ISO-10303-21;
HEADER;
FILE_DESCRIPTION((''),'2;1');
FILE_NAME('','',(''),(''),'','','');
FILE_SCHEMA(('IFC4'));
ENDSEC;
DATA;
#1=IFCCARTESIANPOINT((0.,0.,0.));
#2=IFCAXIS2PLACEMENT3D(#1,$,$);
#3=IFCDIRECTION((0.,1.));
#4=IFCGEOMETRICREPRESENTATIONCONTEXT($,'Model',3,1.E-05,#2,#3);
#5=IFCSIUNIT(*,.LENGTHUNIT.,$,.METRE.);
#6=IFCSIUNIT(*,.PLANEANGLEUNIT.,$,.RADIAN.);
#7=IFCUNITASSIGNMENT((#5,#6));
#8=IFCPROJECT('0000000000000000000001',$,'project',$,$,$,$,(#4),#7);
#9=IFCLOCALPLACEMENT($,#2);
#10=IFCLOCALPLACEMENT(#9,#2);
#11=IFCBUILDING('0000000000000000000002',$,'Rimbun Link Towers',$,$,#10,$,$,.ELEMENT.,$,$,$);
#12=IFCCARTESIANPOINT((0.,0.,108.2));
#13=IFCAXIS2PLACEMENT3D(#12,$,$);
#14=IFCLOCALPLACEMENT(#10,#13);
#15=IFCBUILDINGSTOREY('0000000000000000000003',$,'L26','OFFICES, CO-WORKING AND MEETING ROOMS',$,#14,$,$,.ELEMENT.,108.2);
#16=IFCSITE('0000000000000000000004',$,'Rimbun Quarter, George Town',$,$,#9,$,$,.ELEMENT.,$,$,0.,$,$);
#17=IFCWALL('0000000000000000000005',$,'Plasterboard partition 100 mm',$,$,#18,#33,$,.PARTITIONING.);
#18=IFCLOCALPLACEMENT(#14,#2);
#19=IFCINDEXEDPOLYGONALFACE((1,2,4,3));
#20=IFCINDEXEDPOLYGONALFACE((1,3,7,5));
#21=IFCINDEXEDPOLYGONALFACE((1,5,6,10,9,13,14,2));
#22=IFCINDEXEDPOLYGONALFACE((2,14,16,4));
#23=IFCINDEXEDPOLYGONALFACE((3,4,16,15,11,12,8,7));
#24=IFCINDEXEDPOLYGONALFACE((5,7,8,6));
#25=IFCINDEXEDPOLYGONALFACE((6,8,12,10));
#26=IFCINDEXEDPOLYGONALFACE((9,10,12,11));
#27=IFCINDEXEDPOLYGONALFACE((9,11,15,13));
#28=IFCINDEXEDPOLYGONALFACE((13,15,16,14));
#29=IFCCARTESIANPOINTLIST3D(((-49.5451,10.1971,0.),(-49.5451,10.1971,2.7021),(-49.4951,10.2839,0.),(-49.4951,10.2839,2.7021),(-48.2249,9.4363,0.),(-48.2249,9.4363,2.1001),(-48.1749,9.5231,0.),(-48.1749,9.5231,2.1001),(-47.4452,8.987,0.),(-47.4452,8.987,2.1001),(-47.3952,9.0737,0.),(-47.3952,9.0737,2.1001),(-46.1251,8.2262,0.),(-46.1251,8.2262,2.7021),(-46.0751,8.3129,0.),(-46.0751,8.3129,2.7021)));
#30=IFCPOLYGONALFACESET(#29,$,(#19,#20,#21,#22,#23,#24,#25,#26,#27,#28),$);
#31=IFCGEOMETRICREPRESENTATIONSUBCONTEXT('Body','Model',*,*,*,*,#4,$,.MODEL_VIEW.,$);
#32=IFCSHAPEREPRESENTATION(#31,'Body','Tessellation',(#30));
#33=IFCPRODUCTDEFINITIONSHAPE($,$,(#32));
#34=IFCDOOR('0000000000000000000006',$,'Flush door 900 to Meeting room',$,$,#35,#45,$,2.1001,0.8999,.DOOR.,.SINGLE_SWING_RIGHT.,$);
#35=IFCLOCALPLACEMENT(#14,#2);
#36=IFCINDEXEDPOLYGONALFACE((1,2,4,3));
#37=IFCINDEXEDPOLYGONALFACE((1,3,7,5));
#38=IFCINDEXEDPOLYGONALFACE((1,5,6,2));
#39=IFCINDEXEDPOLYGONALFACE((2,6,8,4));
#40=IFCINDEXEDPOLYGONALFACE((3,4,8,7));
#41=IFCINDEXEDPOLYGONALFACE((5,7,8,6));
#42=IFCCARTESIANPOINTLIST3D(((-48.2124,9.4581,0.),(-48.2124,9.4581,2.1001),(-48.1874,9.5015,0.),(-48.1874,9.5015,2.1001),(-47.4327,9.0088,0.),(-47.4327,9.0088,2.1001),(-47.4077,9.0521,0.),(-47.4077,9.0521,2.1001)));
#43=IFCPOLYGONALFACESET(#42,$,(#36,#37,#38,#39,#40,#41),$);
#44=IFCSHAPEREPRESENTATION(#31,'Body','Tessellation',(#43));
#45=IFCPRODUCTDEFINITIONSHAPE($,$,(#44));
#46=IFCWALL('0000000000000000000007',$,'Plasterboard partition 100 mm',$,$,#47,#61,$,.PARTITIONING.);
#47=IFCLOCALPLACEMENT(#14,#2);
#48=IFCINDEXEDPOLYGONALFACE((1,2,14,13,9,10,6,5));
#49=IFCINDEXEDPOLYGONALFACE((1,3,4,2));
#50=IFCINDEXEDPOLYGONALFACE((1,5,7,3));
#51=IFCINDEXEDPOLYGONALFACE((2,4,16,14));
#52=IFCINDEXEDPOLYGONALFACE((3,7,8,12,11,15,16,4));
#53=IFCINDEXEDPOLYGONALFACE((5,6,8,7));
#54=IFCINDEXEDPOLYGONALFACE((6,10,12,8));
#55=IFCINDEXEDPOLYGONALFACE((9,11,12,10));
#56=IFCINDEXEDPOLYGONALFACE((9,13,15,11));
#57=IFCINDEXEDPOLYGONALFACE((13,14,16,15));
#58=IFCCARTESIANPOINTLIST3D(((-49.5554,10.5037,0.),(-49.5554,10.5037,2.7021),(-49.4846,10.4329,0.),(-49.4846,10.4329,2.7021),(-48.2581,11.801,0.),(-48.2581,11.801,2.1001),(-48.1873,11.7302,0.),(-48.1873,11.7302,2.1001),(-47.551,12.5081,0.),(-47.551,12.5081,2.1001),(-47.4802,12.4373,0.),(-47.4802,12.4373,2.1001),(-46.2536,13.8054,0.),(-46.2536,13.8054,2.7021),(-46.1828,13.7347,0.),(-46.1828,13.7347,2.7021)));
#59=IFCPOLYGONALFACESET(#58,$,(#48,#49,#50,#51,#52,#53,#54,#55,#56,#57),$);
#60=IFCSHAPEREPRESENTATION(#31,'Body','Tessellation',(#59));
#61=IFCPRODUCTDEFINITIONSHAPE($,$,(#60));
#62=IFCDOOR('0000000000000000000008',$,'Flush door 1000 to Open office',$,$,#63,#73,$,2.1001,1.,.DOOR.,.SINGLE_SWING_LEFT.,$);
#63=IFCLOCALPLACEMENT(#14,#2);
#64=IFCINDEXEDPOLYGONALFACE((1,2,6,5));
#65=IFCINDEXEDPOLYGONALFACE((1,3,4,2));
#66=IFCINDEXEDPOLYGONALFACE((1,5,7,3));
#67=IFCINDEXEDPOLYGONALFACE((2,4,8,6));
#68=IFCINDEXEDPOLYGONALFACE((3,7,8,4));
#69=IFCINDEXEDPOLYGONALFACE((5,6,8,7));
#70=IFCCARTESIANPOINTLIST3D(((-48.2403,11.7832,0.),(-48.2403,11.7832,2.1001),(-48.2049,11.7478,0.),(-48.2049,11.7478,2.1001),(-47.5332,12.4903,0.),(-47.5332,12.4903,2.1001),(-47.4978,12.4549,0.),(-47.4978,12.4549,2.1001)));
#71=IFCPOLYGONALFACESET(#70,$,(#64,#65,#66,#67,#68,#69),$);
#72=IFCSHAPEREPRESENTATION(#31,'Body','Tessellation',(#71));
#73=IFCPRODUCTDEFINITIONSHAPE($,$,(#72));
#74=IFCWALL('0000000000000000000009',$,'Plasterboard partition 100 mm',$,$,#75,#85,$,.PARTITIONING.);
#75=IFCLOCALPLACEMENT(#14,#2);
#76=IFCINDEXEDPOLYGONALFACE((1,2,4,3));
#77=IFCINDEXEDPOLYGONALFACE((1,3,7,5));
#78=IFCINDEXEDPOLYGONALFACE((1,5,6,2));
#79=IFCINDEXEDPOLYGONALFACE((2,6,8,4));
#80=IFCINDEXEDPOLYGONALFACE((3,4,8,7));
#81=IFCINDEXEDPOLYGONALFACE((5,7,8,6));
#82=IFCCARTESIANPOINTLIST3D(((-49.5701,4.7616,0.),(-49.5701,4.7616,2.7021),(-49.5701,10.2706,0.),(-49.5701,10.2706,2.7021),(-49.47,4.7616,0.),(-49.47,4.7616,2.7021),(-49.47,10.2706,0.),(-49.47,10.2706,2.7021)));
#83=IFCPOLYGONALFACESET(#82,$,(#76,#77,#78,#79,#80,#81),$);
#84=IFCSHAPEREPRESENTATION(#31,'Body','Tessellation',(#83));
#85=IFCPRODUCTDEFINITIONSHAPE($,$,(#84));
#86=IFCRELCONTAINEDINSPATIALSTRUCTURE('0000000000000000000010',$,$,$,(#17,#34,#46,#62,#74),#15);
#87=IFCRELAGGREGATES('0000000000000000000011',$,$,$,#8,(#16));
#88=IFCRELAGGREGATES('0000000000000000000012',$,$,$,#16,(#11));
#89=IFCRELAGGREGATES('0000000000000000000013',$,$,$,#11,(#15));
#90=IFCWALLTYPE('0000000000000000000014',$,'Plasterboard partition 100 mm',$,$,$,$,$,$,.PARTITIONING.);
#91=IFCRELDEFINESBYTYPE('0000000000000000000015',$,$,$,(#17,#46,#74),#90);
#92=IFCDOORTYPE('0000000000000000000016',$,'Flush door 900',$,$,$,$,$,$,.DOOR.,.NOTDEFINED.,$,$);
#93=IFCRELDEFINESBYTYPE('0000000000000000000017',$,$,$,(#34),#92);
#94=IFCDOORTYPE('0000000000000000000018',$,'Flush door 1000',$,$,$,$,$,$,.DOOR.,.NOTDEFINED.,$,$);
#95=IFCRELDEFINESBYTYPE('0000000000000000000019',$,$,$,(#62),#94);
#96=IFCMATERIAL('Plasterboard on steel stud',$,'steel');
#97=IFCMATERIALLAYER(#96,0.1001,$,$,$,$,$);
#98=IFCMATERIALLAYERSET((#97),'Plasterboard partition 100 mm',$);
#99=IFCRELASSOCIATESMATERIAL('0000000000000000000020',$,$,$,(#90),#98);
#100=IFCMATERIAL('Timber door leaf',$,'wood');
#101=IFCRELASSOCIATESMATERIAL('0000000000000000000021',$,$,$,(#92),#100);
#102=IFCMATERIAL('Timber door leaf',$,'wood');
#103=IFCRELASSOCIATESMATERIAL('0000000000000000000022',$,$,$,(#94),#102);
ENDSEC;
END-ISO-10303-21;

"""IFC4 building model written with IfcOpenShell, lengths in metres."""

from ifc_helpers import new_model, si_unit, direction, frame, frame_2d, origin, place, context, subcontext, project, spatial, rectangle, extrude, material, layer, layer_set, type_object, element, fill, save


model = new_model("IFC4")

# Units and contexts
model_context = context("Model", 3, precision=1e-05, world=origin(), true_north=direction((0.0, 1.0)))
body_context = subcontext(model_context, "Body", "Model", "MODEL_VIEW")
ifc_project = project(units=[si_unit("LENGTHUNIT", "METRE"), si_unit("PLANEANGLEUNIT", "RADIAN")], contexts=[model_context])

# Site, building, storey
site_placement = place(None, origin())
site = spatial("IfcSite", under=ifc_project, at=site_placement, Name="Rimbun Quarter, George Town", CompositionType="ELEMENT", RefElevation=0.0)
building_placement = place(site_placement, origin())
building = spatial("IfcBuilding", under=site, at=building_placement, Name="Rimbun Link Towers", CompositionType="ELEMENT")
storey_placement = place(building_placement, frame((0.0, 0.0, 108.2)))
storey = spatial("IfcBuildingStorey", under=building, at=storey_placement, Name="L26", Description="OFFICES, CO-WORKING AND MEETING ROOMS", CompositionType="ELEMENT", Elevation=108.2)

# Walls, openings, doors
ifc_material_1 = material(Name="Plasterboard on steel stud", Category="steel")
ifc_layer_1 = layer(ifc_material_1, 0.1001)
ifc_layer_set_1 = layer_set([ifc_layer_1], Name="Plasterboard partition 100 mm")
wall_type_1 = type_object("IfcWallType", Name="Plasterboard partition 100 mm", PredefinedType="PARTITIONING", material=ifc_layer_set_1)
wall_1_placement = place(storey_placement, frame((-46.1001, 8.2695, 0.0), z_axis=(0.0, 0.0, 1.0), x_axis=(-0.866414, 0.499326, 0.0)))
wall_1 = element("IfcWall", 1, at=wall_1_placement, inside=storey, type_object=wall_type_1, Name="Plasterboard partition 100 mm", PredefinedType="PARTITIONING", context=body_context, shape_type="SweptSolid", body=[
    extrude(rectangle(XDim=3.9473, YDim=0.1001, at=frame_2d((1.9736, 0.0))), origin(), (0.0, 0.0, 1.0), 2.7021),
])
opening_1_placement = place(wall_1_placement, frame((1.5237, 0.0, 0.0)))
opening_1 = element("IfcOpeningElement", 2, at=opening_1_placement, cuts=wall_1, PredefinedType="OPENING", context=body_context, shape_type="SweptSolid", body=[
    extrude(rectangle(XDim=0.8999, YDim=2.1001, at=frame_2d((0.45, 1.05))), frame((0.0, 0.0601, 0.0), z_axis=(0.0, -1.0, 0.0), x_axis=(1.0, 0.0, 0.0)), (0.0, 0.0, 1.0), 0.1201),
])
ifc_material_2 = material(Name="Timber door leaf", Category="wood")
door_type_1 = type_object("IfcDoorType", Name="Flush door 900", OperationType="NOTDEFINED", PredefinedType="DOOR", material=ifc_material_2)
door_1_placement = place(opening_1_placement, origin())
door_1 = element("IfcDoor", 3, at=door_1_placement, inside=storey, type_object=door_type_1, Name="Flush door 900 to Meeting room", OperationType="SINGLE_SWING_RIGHT", OverallHeight=2.1001, OverallWidth=0.8999, PredefinedType="DOOR", context=body_context, shape_type="SweptSolid", body=[
    extrude(rectangle(XDim=0.8999, YDim=2.1001, at=frame_2d((0.45, 1.05))), frame((0.0, 0.0249, 0.0), z_axis=(0.0, -1.0, 0.0), x_axis=(1.0, 0.0, 0.0)), (0.0, 0.0, 1.0), 0.05),
])
fill(opening_1, door_1)
wall_2_placement = place(storey_placement, frame((-49.52, 10.4683, 0.0), z_axis=(0.0, 0.0, 1.0), x_axis=(0.707107, 0.707107, 0.0)))
wall_2 = element("IfcWall", 4, at=wall_2_placement, inside=storey, type_object=wall_type_1, Name="Plasterboard partition 100 mm", PredefinedType="PARTITIONING", context=body_context, shape_type="SweptSolid", body=[
    extrude(rectangle(XDim=4.6694, YDim=0.1001, at=frame_2d((2.3347, 0.0))), origin(), (0.0, 0.0, 1.0), 2.7021),
])
opening_2_placement = place(wall_2_placement, frame((1.8347, 0.0, 0.0)))
opening_2 = element("IfcOpeningElement", 5, at=opening_2_placement, cuts=wall_2, PredefinedType="OPENING", context=body_context, shape_type="SweptSolid", body=[
    extrude(rectangle(XDim=1.0, YDim=2.1001, at=frame_2d((0.5, 1.05))), frame((0.0, 0.0601, 0.0), z_axis=(0.0, -1.0, 0.0), x_axis=(1.0, 0.0, 0.0)), (0.0, 0.0, 1.0), 0.1201),
])
ifc_material_3 = material(Name="Timber door leaf", Category="wood")
door_type_2 = type_object("IfcDoorType", Name="Flush door 1000", OperationType="NOTDEFINED", PredefinedType="DOOR", material=ifc_material_3)
door_2_placement = place(opening_2_placement, origin())
door_2 = element("IfcDoor", 6, at=door_2_placement, inside=storey, type_object=door_type_2, Name="Flush door 1000 to Open office", OperationType="SINGLE_SWING_LEFT", OverallHeight=2.1001, OverallWidth=1.0, PredefinedType="DOOR", context=body_context, shape_type="SweptSolid", body=[
    extrude(rectangle(XDim=1.0, YDim=2.1001, at=frame_2d((0.5, 1.05))), frame((0.0, 0.0249, 0.0), z_axis=(0.0, -1.0, 0.0), x_axis=(1.0, 0.0, 0.0)), (0.0, 0.0, 1.0), 0.05),
])
fill(opening_2, door_2)

# Wall
wall_3_placement = place(storey_placement, frame((-49.52, 10.2705, 0.0), z_axis=(0.0, 0.0, 1.0), x_axis=(0.0, -1.0, 0.0)))
element("IfcWall", 7, at=wall_3_placement, inside=storey, type_object=wall_type_1, Name="Plasterboard partition 100 mm", PredefinedType="PARTITIONING", context=body_context, shape_type="SweptSolid", body=[
    extrude(rectangle(XDim=5.509, YDim=0.1001, at=frame_2d((2.7544, 0.0))), origin(), (0.0, 0.0, 1.0), 2.7021),
])

save(model, "model.ifc")
